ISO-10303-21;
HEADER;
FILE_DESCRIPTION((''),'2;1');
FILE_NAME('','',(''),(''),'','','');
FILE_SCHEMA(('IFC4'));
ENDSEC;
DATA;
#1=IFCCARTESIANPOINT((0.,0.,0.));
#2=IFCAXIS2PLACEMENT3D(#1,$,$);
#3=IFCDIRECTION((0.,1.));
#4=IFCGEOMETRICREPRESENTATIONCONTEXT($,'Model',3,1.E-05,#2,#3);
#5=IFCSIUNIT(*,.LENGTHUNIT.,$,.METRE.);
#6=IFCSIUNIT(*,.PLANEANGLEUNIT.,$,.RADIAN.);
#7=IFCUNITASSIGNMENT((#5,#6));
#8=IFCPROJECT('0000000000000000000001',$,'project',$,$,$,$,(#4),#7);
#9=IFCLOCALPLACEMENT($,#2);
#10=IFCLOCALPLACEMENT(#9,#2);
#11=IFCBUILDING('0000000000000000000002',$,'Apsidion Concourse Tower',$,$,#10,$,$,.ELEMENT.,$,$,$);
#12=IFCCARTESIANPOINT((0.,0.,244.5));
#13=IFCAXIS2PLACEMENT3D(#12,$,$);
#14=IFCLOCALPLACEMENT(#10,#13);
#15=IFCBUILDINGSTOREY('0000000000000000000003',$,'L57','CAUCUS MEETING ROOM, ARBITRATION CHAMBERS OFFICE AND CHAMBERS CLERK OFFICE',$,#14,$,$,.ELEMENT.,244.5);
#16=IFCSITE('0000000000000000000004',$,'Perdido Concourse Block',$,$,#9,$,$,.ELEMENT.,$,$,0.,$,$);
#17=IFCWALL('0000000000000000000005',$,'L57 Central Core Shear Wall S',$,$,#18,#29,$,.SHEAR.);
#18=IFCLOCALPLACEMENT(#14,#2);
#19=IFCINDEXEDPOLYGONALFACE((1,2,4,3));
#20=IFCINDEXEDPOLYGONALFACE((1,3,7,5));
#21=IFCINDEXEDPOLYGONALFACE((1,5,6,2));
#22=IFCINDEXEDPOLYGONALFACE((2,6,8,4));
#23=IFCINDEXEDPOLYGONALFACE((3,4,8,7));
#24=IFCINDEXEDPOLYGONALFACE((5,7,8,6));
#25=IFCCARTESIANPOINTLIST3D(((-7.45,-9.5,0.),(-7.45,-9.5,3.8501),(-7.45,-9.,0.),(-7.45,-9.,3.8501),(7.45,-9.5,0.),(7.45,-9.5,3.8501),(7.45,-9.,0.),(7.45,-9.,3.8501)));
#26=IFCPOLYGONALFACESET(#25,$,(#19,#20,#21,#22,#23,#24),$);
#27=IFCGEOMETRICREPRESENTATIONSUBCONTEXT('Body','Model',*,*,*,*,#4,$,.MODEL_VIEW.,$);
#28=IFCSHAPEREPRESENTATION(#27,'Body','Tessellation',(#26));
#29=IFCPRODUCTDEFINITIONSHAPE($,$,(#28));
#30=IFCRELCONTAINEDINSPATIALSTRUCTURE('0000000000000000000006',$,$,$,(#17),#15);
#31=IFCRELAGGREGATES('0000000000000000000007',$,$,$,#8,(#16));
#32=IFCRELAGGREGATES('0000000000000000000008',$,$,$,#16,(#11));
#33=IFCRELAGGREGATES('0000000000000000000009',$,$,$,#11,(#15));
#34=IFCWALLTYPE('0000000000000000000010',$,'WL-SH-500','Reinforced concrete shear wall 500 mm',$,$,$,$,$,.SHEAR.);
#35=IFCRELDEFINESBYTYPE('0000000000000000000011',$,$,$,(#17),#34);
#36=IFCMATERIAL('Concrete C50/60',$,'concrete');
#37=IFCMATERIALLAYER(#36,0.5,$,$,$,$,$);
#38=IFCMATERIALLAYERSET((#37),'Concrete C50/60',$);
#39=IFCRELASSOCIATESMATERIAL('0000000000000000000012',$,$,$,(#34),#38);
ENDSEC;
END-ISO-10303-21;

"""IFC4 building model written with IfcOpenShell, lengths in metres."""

from ifc_helpers import new_model, si_unit, direction, frame, frame_2d, origin, place, context, subcontext, project, spatial, rectangle, extrude, material, layer, layer_set, type_object, element, save


model = new_model("IFC4")

# Units and contexts
model_context = context("Model", 3, precision=1e-05, world=origin(), true_north=direction((0.0, 1.0)))
body_context = subcontext(model_context, "Body", "Model", "MODEL_VIEW")
ifc_project = project(units=[si_unit("LENGTHUNIT", "METRE"), si_unit("PLANEANGLEUNIT", "RADIAN")], contexts=[model_context])

# Site, building, storey
site_placement = place(None, origin())
site = spatial("IfcSite", under=ifc_project, at=site_placement, Name="Perdido Concourse Block", CompositionType="ELEMENT", RefElevation=0.0)
building_placement = place(site_placement, origin())
building = spatial("IfcBuilding", under=site, at=building_placement, Name="Apsidion Concourse Tower", CompositionType="ELEMENT")
storey_placement = place(building_placement, frame((0.0, 0.0, 244.5)))
storey = spatial("IfcBuildingStorey", under=building, at=storey_placement, Name="L57", Description="CAUCUS MEETING ROOM, ARBITRATION CHAMBERS OFFICE AND CHAMBERS CLERK OFFICE", CompositionType="ELEMENT", Elevation=244.5)

# Shared definitions
ifc_material_1 = material(Name="Concrete C50/60", Category="concrete")

# Shared definitions
ifc_layer_1 = layer(ifc_material_1, 0.5)
ifc_layer_set_1 = layer_set([ifc_layer_1], Name="Concrete C50/60")
wall_type_1 = type_object("IfcWallType", Name="WL-SH-500", Description="Reinforced concrete shear wall 500 mm", PredefinedType="SHEAR", material=ifc_layer_set_1)

# Wall
wall_1_placement = place(storey_placement, frame((-7.45, -9.25, 0.0), z_axis=(0.0, 0.0, 1.0), x_axis=(1.0, 0.0, 0.0)))
element("IfcWall", 1, at=wall_1_placement, inside=storey, type_object=wall_type_1, Name="L57 Central Core Shear Wall S", PredefinedType="SHEAR", context=body_context, shape_type="SweptSolid", body=[
    extrude(rectangle(XDim=14.8999, YDim=0.5, at=frame_2d((7.45, 0.0))), origin(), (0.0, 0.0, 1.0), 3.8501),
])

save(model, "model.ifc")
